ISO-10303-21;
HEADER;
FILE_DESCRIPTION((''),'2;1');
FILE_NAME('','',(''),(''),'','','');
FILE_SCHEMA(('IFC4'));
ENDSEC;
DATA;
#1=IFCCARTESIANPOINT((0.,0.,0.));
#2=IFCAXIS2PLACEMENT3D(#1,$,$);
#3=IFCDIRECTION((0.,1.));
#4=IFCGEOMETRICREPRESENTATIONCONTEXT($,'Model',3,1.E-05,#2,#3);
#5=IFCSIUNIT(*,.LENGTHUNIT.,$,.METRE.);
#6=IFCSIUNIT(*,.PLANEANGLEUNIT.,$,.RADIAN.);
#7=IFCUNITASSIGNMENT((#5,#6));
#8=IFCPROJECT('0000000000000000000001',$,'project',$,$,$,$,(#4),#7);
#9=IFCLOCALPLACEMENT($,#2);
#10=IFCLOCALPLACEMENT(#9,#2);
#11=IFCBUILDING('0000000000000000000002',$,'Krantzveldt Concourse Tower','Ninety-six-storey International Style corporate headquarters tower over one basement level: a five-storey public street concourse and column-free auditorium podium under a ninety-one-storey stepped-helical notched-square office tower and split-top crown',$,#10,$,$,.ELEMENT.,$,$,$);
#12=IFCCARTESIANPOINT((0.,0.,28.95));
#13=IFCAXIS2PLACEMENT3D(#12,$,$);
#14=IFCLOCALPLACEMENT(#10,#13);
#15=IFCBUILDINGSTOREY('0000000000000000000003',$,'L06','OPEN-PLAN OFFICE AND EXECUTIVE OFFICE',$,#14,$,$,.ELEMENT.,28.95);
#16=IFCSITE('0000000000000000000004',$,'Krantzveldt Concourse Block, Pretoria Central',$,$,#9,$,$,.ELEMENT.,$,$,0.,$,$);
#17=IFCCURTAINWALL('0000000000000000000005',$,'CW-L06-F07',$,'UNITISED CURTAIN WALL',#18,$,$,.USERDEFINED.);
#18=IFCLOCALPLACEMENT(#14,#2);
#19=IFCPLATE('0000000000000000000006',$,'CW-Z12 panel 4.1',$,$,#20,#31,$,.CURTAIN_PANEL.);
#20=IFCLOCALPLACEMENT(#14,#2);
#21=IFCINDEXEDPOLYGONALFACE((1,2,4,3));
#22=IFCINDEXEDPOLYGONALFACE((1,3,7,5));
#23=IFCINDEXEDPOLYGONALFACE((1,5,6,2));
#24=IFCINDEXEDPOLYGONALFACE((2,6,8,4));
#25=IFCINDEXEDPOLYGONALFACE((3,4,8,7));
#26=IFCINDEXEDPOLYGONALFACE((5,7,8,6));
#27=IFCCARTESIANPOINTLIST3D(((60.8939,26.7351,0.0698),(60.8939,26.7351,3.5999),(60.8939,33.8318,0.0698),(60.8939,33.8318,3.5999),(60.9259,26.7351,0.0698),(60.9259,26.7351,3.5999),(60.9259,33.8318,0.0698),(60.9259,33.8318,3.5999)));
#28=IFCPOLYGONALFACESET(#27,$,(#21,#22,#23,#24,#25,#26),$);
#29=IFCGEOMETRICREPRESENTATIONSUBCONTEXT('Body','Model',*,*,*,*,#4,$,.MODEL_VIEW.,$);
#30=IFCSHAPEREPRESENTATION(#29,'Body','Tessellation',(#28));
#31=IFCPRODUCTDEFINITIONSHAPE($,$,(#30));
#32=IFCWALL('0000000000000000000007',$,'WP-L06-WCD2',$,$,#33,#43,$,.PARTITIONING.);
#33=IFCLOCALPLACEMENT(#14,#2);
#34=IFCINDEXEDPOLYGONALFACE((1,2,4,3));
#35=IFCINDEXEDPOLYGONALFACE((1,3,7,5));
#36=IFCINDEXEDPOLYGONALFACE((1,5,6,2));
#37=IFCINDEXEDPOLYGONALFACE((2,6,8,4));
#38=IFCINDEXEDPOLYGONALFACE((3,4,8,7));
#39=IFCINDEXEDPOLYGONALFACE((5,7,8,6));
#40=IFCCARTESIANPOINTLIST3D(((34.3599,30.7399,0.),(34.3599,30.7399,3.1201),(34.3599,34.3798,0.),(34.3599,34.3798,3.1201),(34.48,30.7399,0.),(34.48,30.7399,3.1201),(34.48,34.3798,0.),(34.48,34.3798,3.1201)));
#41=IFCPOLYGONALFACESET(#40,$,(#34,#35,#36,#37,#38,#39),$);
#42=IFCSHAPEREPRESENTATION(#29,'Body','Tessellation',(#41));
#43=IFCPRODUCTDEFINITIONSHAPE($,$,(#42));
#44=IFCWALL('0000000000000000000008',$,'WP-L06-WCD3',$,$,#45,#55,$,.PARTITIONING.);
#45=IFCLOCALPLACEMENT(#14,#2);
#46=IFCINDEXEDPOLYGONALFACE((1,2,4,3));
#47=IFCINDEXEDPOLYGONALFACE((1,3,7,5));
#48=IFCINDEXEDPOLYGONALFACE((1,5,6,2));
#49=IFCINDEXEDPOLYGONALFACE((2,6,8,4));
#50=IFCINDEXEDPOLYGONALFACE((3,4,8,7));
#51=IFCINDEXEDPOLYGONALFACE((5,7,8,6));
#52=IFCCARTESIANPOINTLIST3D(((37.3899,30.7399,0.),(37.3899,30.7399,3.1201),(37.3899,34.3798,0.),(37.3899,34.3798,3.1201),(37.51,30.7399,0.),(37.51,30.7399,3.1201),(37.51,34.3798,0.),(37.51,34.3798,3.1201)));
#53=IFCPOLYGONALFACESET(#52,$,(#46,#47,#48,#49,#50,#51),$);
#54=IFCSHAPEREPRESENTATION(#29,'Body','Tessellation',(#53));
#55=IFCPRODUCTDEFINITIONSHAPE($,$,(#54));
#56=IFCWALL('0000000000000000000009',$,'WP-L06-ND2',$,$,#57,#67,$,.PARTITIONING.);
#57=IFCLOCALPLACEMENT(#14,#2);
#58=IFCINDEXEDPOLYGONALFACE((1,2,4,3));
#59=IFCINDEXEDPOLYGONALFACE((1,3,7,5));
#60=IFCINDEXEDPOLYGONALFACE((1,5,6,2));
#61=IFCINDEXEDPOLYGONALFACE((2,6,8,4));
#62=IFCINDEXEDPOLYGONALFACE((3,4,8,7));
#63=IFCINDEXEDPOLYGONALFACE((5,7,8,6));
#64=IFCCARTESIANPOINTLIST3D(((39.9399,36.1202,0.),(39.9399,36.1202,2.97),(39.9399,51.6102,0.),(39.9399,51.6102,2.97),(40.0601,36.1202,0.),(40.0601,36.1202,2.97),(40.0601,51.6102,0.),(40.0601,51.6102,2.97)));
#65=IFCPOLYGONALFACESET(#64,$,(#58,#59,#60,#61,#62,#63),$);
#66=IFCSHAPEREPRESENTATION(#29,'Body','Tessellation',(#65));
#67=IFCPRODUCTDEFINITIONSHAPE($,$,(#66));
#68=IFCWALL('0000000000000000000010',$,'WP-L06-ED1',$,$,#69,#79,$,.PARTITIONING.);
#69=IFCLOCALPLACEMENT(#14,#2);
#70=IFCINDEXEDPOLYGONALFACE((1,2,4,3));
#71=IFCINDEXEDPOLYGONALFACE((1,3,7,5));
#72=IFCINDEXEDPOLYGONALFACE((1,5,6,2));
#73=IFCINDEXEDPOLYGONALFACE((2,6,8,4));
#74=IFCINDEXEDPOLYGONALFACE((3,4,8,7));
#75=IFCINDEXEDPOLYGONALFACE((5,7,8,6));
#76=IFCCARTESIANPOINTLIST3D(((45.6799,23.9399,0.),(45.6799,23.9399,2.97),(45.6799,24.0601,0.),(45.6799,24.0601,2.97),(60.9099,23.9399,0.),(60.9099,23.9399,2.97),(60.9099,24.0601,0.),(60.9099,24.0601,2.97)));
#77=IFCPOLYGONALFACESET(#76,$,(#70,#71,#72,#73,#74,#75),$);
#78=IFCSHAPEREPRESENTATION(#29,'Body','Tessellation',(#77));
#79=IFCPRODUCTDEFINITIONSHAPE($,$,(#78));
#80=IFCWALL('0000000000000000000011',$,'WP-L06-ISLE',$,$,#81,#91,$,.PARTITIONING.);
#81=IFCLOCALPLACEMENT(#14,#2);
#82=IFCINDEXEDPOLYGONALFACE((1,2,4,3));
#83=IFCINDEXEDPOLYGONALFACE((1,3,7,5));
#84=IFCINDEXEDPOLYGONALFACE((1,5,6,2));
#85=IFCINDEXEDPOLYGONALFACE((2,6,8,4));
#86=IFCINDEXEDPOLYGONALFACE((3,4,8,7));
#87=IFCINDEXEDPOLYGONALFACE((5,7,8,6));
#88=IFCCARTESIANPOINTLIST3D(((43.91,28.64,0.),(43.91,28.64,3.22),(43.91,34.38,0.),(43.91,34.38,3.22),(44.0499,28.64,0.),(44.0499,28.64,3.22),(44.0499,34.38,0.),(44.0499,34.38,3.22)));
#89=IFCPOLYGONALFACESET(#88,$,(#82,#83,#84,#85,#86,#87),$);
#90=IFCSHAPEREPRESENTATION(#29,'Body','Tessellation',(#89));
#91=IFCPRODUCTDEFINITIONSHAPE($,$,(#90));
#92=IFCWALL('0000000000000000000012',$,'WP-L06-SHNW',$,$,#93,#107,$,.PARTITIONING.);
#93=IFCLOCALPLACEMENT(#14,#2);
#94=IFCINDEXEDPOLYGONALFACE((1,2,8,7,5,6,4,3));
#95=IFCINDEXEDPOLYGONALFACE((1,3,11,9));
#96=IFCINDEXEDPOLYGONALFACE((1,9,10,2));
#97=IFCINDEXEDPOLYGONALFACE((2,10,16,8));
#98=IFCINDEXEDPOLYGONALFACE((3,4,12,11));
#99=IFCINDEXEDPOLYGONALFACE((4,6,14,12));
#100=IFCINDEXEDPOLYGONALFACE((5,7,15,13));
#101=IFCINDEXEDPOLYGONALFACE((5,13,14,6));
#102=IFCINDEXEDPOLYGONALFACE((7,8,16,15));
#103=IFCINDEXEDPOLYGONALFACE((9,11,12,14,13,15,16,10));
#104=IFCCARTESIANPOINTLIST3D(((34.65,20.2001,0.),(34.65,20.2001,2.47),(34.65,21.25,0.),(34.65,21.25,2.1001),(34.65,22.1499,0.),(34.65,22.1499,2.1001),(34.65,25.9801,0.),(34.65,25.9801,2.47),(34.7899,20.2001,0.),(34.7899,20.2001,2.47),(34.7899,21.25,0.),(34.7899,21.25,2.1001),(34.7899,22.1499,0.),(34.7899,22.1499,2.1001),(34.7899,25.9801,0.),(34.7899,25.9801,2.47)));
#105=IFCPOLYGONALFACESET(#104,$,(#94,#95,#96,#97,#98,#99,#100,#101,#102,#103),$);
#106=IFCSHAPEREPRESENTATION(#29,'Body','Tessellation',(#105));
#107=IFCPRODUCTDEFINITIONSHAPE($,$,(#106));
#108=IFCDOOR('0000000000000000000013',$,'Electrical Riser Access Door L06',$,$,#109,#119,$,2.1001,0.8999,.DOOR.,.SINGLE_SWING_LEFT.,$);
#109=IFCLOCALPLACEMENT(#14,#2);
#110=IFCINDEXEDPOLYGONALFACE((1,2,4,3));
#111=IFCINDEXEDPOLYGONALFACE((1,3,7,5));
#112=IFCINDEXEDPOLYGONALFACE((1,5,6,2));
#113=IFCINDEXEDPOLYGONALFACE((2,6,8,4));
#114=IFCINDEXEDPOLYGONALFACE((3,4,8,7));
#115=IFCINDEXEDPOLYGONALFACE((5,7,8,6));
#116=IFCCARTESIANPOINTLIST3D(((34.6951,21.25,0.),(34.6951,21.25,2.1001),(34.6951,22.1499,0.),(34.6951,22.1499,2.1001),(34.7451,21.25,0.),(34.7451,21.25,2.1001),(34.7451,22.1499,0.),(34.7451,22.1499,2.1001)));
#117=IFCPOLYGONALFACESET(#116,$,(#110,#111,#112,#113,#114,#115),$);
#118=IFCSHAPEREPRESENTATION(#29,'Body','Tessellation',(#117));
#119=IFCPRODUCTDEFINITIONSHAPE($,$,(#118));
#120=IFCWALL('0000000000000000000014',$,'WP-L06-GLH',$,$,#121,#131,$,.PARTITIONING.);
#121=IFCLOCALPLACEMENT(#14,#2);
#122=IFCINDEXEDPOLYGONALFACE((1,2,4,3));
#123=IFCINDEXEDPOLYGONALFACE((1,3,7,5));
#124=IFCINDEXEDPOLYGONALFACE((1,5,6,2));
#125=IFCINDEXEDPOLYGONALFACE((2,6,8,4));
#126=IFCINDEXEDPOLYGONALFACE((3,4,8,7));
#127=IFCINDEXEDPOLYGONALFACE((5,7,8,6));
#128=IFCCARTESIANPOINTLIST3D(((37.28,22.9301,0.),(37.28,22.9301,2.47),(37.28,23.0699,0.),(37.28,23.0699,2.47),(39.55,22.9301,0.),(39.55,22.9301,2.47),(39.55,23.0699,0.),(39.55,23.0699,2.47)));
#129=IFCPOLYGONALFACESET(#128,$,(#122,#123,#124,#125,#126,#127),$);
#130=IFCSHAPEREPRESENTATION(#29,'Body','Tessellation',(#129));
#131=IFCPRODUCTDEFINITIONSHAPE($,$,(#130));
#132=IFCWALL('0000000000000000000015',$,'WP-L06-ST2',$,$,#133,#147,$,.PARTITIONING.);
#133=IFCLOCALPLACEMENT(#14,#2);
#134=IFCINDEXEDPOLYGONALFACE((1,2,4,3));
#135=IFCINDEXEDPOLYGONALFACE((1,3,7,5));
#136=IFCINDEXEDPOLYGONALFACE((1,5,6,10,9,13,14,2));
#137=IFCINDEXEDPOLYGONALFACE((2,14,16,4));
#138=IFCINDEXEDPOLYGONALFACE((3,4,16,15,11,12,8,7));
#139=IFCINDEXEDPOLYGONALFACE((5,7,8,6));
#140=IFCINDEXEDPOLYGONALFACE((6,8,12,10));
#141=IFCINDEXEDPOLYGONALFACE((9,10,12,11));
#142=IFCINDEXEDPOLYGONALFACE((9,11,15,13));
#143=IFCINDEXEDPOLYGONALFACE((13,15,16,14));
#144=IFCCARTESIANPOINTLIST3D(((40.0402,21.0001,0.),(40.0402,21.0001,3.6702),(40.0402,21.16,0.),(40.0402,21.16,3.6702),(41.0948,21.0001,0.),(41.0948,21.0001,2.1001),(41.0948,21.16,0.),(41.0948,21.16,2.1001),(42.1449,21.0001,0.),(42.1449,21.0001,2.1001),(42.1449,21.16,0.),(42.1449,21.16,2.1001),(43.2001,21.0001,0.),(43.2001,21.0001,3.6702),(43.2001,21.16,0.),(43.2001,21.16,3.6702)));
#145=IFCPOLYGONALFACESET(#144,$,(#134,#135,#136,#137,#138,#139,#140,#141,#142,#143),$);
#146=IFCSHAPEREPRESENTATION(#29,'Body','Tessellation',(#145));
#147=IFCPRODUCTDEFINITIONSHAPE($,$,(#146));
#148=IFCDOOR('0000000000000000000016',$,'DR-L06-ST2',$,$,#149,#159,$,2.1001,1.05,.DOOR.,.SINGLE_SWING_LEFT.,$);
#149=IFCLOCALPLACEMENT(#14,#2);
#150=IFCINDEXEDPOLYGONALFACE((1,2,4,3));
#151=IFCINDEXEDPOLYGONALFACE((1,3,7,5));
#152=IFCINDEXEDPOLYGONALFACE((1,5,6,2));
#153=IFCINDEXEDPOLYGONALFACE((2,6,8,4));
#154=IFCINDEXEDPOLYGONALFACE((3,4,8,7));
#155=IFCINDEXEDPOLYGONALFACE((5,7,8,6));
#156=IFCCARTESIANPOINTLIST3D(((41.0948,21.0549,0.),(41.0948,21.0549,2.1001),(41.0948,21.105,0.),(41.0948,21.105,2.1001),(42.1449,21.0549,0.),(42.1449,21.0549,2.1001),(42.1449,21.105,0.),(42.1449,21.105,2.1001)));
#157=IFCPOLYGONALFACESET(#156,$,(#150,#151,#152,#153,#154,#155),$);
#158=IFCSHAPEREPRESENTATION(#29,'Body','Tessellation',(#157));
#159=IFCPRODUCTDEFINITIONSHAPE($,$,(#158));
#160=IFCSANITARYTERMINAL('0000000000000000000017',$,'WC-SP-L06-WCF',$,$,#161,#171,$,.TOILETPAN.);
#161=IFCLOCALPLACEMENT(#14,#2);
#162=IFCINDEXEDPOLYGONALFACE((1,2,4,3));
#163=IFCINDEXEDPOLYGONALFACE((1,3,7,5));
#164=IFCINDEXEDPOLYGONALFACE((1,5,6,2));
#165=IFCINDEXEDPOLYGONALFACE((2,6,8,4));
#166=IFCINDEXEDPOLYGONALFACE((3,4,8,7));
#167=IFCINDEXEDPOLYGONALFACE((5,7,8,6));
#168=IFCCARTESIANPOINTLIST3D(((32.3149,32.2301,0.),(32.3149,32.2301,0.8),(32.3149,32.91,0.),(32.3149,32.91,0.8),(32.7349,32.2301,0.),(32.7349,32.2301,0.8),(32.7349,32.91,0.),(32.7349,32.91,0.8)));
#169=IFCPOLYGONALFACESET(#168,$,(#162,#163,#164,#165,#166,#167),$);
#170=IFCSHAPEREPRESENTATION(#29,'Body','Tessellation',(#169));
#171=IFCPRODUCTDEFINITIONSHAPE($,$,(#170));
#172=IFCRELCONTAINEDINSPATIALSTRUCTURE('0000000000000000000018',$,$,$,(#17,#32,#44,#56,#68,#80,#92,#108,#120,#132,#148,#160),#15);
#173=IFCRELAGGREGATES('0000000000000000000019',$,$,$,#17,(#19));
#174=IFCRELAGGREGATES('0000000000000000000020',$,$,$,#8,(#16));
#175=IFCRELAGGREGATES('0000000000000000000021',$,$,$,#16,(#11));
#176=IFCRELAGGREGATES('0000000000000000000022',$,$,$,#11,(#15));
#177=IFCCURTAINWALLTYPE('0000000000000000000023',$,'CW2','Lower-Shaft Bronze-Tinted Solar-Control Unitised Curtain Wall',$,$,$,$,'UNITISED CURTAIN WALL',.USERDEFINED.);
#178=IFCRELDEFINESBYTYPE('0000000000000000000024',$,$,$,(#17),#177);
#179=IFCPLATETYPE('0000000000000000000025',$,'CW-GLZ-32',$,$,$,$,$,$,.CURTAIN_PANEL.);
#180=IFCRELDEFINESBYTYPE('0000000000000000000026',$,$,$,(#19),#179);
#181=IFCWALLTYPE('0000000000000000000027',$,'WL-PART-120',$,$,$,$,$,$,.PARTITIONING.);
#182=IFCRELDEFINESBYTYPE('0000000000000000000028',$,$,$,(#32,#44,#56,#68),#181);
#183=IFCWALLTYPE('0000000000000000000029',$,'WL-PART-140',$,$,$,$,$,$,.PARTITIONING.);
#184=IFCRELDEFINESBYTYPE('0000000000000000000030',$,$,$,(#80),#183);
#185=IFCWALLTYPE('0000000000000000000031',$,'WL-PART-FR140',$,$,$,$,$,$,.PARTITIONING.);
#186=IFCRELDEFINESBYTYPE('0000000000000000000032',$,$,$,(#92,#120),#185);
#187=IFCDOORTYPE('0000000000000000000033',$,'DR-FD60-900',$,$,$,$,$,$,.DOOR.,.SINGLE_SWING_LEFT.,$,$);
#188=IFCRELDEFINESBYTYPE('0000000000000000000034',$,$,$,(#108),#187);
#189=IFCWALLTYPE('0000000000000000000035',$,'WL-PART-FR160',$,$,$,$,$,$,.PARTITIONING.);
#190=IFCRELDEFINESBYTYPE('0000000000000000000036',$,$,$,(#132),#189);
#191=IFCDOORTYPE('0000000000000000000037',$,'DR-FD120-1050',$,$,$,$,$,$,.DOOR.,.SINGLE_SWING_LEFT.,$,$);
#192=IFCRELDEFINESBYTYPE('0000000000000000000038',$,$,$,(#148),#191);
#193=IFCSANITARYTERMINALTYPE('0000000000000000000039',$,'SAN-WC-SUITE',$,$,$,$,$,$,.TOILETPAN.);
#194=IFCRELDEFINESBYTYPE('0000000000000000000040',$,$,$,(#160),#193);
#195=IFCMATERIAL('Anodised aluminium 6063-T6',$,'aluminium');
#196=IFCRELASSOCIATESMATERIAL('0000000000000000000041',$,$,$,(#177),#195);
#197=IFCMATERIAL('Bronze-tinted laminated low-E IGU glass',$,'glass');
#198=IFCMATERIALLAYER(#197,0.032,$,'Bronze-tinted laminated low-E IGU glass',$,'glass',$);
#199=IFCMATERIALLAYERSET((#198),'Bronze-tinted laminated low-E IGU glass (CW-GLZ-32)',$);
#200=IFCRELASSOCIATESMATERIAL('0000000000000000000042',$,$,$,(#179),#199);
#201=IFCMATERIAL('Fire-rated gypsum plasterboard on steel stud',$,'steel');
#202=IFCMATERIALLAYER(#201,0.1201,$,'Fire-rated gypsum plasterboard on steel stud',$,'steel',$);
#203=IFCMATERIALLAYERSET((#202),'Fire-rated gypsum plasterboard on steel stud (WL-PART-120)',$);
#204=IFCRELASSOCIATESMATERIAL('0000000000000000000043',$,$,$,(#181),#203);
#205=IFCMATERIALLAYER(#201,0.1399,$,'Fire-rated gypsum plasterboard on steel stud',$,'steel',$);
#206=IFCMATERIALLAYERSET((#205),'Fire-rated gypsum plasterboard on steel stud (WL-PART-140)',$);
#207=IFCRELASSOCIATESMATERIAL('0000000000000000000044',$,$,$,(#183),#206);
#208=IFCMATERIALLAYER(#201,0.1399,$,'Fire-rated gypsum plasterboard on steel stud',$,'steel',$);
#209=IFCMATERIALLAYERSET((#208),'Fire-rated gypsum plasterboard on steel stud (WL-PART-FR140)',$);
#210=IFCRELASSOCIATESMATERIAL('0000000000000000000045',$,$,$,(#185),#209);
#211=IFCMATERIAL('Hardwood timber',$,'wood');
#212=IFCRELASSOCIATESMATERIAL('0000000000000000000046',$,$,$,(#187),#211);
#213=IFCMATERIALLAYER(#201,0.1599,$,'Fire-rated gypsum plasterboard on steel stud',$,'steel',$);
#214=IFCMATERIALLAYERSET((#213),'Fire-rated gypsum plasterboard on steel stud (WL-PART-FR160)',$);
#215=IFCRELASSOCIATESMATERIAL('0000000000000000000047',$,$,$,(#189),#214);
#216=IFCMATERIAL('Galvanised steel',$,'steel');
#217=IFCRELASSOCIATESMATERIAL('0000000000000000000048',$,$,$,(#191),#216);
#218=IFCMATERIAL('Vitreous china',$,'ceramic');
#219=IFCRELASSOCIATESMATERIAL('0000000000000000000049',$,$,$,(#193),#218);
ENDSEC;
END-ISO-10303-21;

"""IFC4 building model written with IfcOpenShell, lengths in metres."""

from ifc_helpers import new_model, si_unit, direction, frame, frame_2d, origin, origin_2d, place, context, subcontext, project, spatial, rectangle, extrude, source, transform, mapped, material, layer, layer_set, type_object, type_shapes, element, fill, aggregate, save


model = new_model("IFC4")

# Units and contexts
model_context = context("Model", 3, precision=1e-05, world=origin(), true_north=direction((0.0, 1.0)))
body_context = subcontext(model_context, "Body", "Model", "MODEL_VIEW")
ifc_project = project(units=[si_unit("LENGTHUNIT", "METRE"), si_unit("PLANEANGLEUNIT", "RADIAN")], contexts=[model_context])

# Site, building, storey
site_placement = place(None, origin())
site = spatial("IfcSite", under=ifc_project, at=site_placement, Name="Krantzveldt Concourse Block, Pretoria Central", CompositionType="ELEMENT", RefElevation=0.0)
building_placement = place(site_placement, origin())
building = spatial("IfcBuilding", under=site, at=building_placement, Name="Krantzveldt Concourse Tower", Description="Ninety-six-storey International Style corporate headquarters tower over one basement level: a five-storey public street concourse and column-free auditorium podium under a ninety-one-storey stepped-helical notched-square office tower and split-top crown", CompositionType="ELEMENT")
storey_placement = place(building_placement, frame((0.0, 0.0, 28.95)))
storey = spatial("IfcBuildingStorey", under=building, at=storey_placement, Name="L06", Description="OPEN-PLAN OFFICE AND EXECUTIVE OFFICE", CompositionType="ELEMENT", Elevation=28.95)

# Curtain wall, plate
ifc_material_1 = material(Name="Anodised aluminium 6063-T6", Category="aluminium")
curtain_wall_type = type_object("IfcCurtainWallType", Name="CW2", Description="Lower-Shaft Bronze-Tinted Solar-Control Unitised Curtain Wall", ElementType="UNITISED CURTAIN WALL", PredefinedType="USERDEFINED", material=ifc_material_1)
curtain_wall_placement = place(storey_placement, origin())
curtain_wall = element("IfcCurtainWall", 1, at=curtain_wall_placement, inside=storey, type_object=curtain_wall_type, Name="CW-L06-F07", ObjectType="UNITISED CURTAIN WALL", PredefinedType="USERDEFINED")
ifc_material_2 = material(Name="Bronze-tinted laminated low-E IGU glass", Category="glass")
ifc_layer_1 = layer(ifc_material_2, 0.032, Name="Bronze-tinted laminated low-E IGU glass", Category="glass")
ifc_layer_set_1 = layer_set([ifc_layer_1], Name="Bronze-tinted laminated low-E IGU glass (CW-GLZ-32)")
plate_type = type_object("IfcPlateType", Name="CW-GLZ-32", PredefinedType="CURTAIN_PANEL", material=ifc_layer_set_1)
shared_shape_1 = source(origin(), body_context, "Body", "SweptSolid", [
    extrude(rectangle(XDim=7.0967, YDim=0.032, at=origin_2d()), origin(), (0.0, 0.0, 1.0), 3.53),
])
type_shapes(plate_type, [shared_shape_1])
plate_1_placement = place(storey_placement, frame((60.9099, 30.2834, 0.0698), z_axis=(0.0, 0.0, 1.0), x_axis=(0.0, 1.0, 0.0)))
plate_1 = element("IfcPlate", 2, at=plate_1_placement, type_object=plate_type, Name="CW-Z12 panel 4.1", PredefinedType="CURTAIN_PANEL", context=body_context, shape_type="MappedRepresentation", body=[
    mapped(shared_shape_1, transform((0.0, 0.0, 0.0), x_axis=(1.0, 0.0, 0.0), y_axis=(0.0, 1.0, 0.0), z_axis=(0.0, 0.0, 1.0), scale=1.0)),
])
aggregate(curtain_wall, [plate_1])

# Walls
ifc_material_3 = material(Name="Fire-rated gypsum plasterboard on steel stud", Category="steel")
ifc_layer_2 = layer(ifc_material_3, 0.1201, Name="Fire-rated gypsum plasterboard on steel stud", Category="steel")
ifc_layer_set_2 = layer_set([ifc_layer_2], Name="Fire-rated gypsum plasterboard on steel stud (WL-PART-120)")
wall_type_1 = type_object("IfcWallType", Name="WL-PART-120", PredefinedType="PARTITIONING", material=ifc_layer_set_2)
for number, where, z_axis, x_axis, name in (
    (3, (34.4199, 30.74, 0.0), (0.0, 0.0, 1.0), (0.0, 1.0, 0.0), "WP-L06-WCD2"),
    (4, (37.45, 30.74, 0.0), (0.0, 0.0, 1.0), (0.0, 1.0, 0.0), "WP-L06-WCD3"),
):
    element("IfcWall", number, at=place(storey_placement, frame(where, z_axis=z_axis, x_axis=x_axis)), inside=storey, type_object=wall_type_1, Name=name, PredefinedType="PARTITIONING", context=body_context, shape_type="SweptSolid", body=[
        extrude(rectangle(XDim=3.6399, YDim=0.1201, at=frame_2d((1.8198, 0.0))), origin(), (0.0, 0.0, 1.0), 3.1201),
    ])
wall_1_placement = place(storey_placement, frame((40.0, 36.1201, 0.0), z_axis=(0.0, 0.0, 1.0), x_axis=(0.0, 1.0, 0.0)))
element("IfcWall", 5, at=wall_1_placement, inside=storey, type_object=wall_type_1, Name="WP-L06-ND2", PredefinedType="PARTITIONING", context=body_context, shape_type="SweptSolid", body=[
    extrude(rectangle(XDim=15.49, YDim=0.1201, at=frame_2d((7.7451, 0.0))), origin(), (0.0, 0.0, 1.0), 2.97),
])
wall_2_placement = place(storey_placement, frame((45.6799, 24.0, 0.0), z_axis=(0.0, 0.0, 1.0), x_axis=(1.0, 0.0, 0.0)))
element("IfcWall", 6, at=wall_2_placement, inside=storey, type_object=wall_type_1, Name="WP-L06-ED1", PredefinedType="PARTITIONING", context=body_context, shape_type="SweptSolid", body=[
    extrude(rectangle(XDim=15.23, YDim=0.1201, at=frame_2d((7.615, 0.0))), origin(), (0.0, 0.0, 1.0), 2.97),
])
ifc_layer_3 = layer(ifc_material_3, 0.1399, Name="Fire-rated gypsum plasterboard on steel stud", Category="steel")
ifc_layer_set_3 = layer_set([ifc_layer_3], Name="Fire-rated gypsum plasterboard on steel stud (WL-PART-140)")
wall_type_2 = type_object("IfcWallType", Name="WL-PART-140", PredefinedType="PARTITIONING", material=ifc_layer_set_3)
wall_3_placement = place(storey_placement, frame((43.98, 28.6399, 0.0), z_axis=(0.0, 0.0, 1.0), x_axis=(0.0, 1.0, 0.0)))
element("IfcWall", 7, at=wall_3_placement, inside=storey, type_object=wall_type_2, Name="WP-L06-ISLE", PredefinedType="PARTITIONING", context=body_context, shape_type="SweptSolid", body=[
    extrude(rectangle(XDim=5.74, YDim=0.1399, at=frame_2d((2.8701, 0.0))), origin(), (0.0, 0.0, 1.0), 3.22),
])

# Wall, opening, door
ifc_layer_4 = layer(ifc_material_3, 0.1399, Name="Fire-rated gypsum plasterboard on steel stud", Category="steel")
ifc_layer_set_4 = layer_set([ifc_layer_4], Name="Fire-rated gypsum plasterboard on steel stud (WL-PART-FR140)")
wall_type_3 = type_object("IfcWallType", Name="WL-PART-FR140", PredefinedType="PARTITIONING", material=ifc_layer_set_4)
wall_4_placement = place(storey_placement, frame((34.72, 20.2, 0.0), z_axis=(0.0, 0.0, 1.0), x_axis=(0.0, 1.0, 0.0)))
wall_4 = element("IfcWall", 8, at=wall_4_placement, inside=storey, type_object=wall_type_3, Name="WP-L06-SHNW", PredefinedType="PARTITIONING", context=body_context, shape_type="SweptSolid", body=[
    extrude(rectangle(XDim=5.78, YDim=0.1399, at=frame_2d((2.8901, 0.0))), origin(), (0.0, 0.0, 1.0), 2.47),
])
opening_1_placement = place(wall_4_placement, frame((1.05, 0.0, 0.0)))
opening_1 = element("IfcOpeningElement", 9, at=opening_1_placement, cuts=wall_4, PredefinedType="OPENING", context=body_context, shape_type="SweptSolid", body=[
    extrude(rectangle(XDim=0.8999, YDim=2.1001, at=frame_2d((0.45, 1.05))), frame((0.0, 0.0801, 0.0), z_axis=(0.0, -1.0, 0.0), x_axis=(1.0, 0.0, 0.0)), (0.0, 0.0, 1.0), 0.1599),
])
ifc_material_4 = material(Name="Hardwood timber", Category="wood")
door_type_1 = type_object("IfcDoorType", Name="DR-FD60-900", OperationType="SINGLE_SWING_LEFT", PredefinedType="DOOR", material=ifc_material_4)
door_1_placement = place(opening_1_placement, origin())
door_1 = element("IfcDoor", 10, at=door_1_placement, inside=storey, type_object=door_type_1, Name="Electrical Riser Access Door L06", OperationType="SINGLE_SWING_LEFT", OverallHeight=2.1001, OverallWidth=0.8999, PredefinedType="DOOR", context=body_context, shape_type="SweptSolid", body=[
    extrude(rectangle(XDim=0.8999, YDim=2.1001, at=frame_2d((0.45, 1.05))), frame((0.0, 0.0249, 0.0), z_axis=(0.0, -1.0, 0.0), x_axis=(1.0, 0.0, 0.0)), (0.0, 0.0, 1.0), 0.05),
])
fill(opening_1, door_1)

# Wall
wall_5_placement = place(storey_placement, frame((37.28, 23.0, 0.0), z_axis=(0.0, 0.0, 1.0), x_axis=(1.0, 0.0, 0.0)))
element("IfcWall", 11, at=wall_5_placement, inside=storey, type_object=wall_type_3, Name="WP-L06-GLH", PredefinedType="PARTITIONING", context=body_context, shape_type="SweptSolid", body=[
    extrude(rectangle(XDim=2.27, YDim=0.1399, at=frame_2d((1.135, 0.0))), origin(), (0.0, 0.0, 1.0), 2.47),
])

# Wall, opening, door
ifc_layer_5 = layer(ifc_material_3, 0.1599, Name="Fire-rated gypsum plasterboard on steel stud", Category="steel")
ifc_layer_set_5 = layer_set([ifc_layer_5], Name="Fire-rated gypsum plasterboard on steel stud (WL-PART-FR160)")
wall_type_4 = type_object("IfcWallType", Name="WL-PART-FR160", PredefinedType="PARTITIONING", material=ifc_layer_set_5)
wall_6_placement = place(storey_placement, frame((40.04, 21.0801, 0.0), z_axis=(0.0, 0.0, 1.0), x_axis=(1.0, 0.0, 0.0)))
wall_6 = element("IfcWall", 12, at=wall_6_placement, inside=storey, type_object=wall_type_4, Name="WP-L06-ST2", PredefinedType="PARTITIONING", context=body_context, shape_type="SweptSolid", body=[
    extrude(rectangle(XDim=3.1599, YDim=0.1599, at=frame_2d((1.5801, 0.0))), origin(), (0.0, 0.0, 1.0), 3.6702),
])
opening_2_placement = place(wall_6_placement, frame((1.0549, 0.0, 0.0)))
opening_2 = element("IfcOpeningElement", 13, at=opening_2_placement, cuts=wall_6, PredefinedType="OPENING", context=body_context, shape_type="SweptSolid", body=[
    extrude(rectangle(XDim=1.05, YDim=2.1001, at=frame_2d((0.5249, 1.05))), frame((0.0, 0.0898, 0.0), z_axis=(0.0, -1.0, 0.0), x_axis=(1.0, 0.0, 0.0)), (0.0, 0.0, 1.0), 0.1799),
])
ifc_material_5 = material(Name="Galvanised steel", Category="steel")
door_type_2 = type_object("IfcDoorType", Name="DR-FD120-1050", OperationType="SINGLE_SWING_LEFT", PredefinedType="DOOR", material=ifc_material_5)
door_2_placement = place(opening_2_placement, origin())
door_2 = element("IfcDoor", 14, at=door_2_placement, inside=storey, type_object=door_type_2, Name="DR-L06-ST2", OperationType="SINGLE_SWING_LEFT", OverallHeight=2.1001, OverallWidth=1.05, PredefinedType="DOOR", context=body_context, shape_type="SweptSolid", body=[
    extrude(rectangle(XDim=1.05, YDim=2.1001, at=frame_2d((0.5249, 1.05))), frame((0.0, 0.0249, 0.0), z_axis=(0.0, -1.0, 0.0), x_axis=(1.0, 0.0, 0.0)), (0.0, 0.0, 1.0), 0.05),
])
fill(opening_2, door_2)

# Sanitary terminal
ifc_material_6 = material(Name="Vitreous china", Category="ceramic")
sanitary_terminal_type_1 = type_object("IfcSanitaryTerminalType", Name="SAN-WC-SUITE", PredefinedType="TOILETPAN", material=ifc_material_6)
shared_shape_2 = source(origin(), body_context, "Body", "SweptSolid", [
    extrude(rectangle(XDim=0.4199, YDim=0.6799, at=origin_2d()), origin(), (0.0, 0.0, 1.0), 0.8),
])
type_shapes(sanitary_terminal_type_1, [shared_shape_2])
for number, where, z_axis, x_axis, name in (
    (15, (32.5249, 32.5701, 0.0), (0.0, 0.0, 1.0), (1.0, 0.0, 0.0), "WC-SP-L06-WCF"),
):
    element("IfcSanitaryTerminal", number, at=place(storey_placement, frame(where, z_axis=z_axis, x_axis=x_axis)), inside=storey, type_object=sanitary_terminal_type_1, Name=name, PredefinedType="TOILETPAN", context=body_context, shape_type="MappedRepresentation", body=[
        mapped(shared_shape_2, transform((0.0, 0.0, 0.0), x_axis=(1.0, 0.0, 0.0), y_axis=(0.0, 1.0, 0.0), z_axis=(0.0, 0.0, 1.0), scale=1.0)),
    ])

save(model, "model.ifc")
